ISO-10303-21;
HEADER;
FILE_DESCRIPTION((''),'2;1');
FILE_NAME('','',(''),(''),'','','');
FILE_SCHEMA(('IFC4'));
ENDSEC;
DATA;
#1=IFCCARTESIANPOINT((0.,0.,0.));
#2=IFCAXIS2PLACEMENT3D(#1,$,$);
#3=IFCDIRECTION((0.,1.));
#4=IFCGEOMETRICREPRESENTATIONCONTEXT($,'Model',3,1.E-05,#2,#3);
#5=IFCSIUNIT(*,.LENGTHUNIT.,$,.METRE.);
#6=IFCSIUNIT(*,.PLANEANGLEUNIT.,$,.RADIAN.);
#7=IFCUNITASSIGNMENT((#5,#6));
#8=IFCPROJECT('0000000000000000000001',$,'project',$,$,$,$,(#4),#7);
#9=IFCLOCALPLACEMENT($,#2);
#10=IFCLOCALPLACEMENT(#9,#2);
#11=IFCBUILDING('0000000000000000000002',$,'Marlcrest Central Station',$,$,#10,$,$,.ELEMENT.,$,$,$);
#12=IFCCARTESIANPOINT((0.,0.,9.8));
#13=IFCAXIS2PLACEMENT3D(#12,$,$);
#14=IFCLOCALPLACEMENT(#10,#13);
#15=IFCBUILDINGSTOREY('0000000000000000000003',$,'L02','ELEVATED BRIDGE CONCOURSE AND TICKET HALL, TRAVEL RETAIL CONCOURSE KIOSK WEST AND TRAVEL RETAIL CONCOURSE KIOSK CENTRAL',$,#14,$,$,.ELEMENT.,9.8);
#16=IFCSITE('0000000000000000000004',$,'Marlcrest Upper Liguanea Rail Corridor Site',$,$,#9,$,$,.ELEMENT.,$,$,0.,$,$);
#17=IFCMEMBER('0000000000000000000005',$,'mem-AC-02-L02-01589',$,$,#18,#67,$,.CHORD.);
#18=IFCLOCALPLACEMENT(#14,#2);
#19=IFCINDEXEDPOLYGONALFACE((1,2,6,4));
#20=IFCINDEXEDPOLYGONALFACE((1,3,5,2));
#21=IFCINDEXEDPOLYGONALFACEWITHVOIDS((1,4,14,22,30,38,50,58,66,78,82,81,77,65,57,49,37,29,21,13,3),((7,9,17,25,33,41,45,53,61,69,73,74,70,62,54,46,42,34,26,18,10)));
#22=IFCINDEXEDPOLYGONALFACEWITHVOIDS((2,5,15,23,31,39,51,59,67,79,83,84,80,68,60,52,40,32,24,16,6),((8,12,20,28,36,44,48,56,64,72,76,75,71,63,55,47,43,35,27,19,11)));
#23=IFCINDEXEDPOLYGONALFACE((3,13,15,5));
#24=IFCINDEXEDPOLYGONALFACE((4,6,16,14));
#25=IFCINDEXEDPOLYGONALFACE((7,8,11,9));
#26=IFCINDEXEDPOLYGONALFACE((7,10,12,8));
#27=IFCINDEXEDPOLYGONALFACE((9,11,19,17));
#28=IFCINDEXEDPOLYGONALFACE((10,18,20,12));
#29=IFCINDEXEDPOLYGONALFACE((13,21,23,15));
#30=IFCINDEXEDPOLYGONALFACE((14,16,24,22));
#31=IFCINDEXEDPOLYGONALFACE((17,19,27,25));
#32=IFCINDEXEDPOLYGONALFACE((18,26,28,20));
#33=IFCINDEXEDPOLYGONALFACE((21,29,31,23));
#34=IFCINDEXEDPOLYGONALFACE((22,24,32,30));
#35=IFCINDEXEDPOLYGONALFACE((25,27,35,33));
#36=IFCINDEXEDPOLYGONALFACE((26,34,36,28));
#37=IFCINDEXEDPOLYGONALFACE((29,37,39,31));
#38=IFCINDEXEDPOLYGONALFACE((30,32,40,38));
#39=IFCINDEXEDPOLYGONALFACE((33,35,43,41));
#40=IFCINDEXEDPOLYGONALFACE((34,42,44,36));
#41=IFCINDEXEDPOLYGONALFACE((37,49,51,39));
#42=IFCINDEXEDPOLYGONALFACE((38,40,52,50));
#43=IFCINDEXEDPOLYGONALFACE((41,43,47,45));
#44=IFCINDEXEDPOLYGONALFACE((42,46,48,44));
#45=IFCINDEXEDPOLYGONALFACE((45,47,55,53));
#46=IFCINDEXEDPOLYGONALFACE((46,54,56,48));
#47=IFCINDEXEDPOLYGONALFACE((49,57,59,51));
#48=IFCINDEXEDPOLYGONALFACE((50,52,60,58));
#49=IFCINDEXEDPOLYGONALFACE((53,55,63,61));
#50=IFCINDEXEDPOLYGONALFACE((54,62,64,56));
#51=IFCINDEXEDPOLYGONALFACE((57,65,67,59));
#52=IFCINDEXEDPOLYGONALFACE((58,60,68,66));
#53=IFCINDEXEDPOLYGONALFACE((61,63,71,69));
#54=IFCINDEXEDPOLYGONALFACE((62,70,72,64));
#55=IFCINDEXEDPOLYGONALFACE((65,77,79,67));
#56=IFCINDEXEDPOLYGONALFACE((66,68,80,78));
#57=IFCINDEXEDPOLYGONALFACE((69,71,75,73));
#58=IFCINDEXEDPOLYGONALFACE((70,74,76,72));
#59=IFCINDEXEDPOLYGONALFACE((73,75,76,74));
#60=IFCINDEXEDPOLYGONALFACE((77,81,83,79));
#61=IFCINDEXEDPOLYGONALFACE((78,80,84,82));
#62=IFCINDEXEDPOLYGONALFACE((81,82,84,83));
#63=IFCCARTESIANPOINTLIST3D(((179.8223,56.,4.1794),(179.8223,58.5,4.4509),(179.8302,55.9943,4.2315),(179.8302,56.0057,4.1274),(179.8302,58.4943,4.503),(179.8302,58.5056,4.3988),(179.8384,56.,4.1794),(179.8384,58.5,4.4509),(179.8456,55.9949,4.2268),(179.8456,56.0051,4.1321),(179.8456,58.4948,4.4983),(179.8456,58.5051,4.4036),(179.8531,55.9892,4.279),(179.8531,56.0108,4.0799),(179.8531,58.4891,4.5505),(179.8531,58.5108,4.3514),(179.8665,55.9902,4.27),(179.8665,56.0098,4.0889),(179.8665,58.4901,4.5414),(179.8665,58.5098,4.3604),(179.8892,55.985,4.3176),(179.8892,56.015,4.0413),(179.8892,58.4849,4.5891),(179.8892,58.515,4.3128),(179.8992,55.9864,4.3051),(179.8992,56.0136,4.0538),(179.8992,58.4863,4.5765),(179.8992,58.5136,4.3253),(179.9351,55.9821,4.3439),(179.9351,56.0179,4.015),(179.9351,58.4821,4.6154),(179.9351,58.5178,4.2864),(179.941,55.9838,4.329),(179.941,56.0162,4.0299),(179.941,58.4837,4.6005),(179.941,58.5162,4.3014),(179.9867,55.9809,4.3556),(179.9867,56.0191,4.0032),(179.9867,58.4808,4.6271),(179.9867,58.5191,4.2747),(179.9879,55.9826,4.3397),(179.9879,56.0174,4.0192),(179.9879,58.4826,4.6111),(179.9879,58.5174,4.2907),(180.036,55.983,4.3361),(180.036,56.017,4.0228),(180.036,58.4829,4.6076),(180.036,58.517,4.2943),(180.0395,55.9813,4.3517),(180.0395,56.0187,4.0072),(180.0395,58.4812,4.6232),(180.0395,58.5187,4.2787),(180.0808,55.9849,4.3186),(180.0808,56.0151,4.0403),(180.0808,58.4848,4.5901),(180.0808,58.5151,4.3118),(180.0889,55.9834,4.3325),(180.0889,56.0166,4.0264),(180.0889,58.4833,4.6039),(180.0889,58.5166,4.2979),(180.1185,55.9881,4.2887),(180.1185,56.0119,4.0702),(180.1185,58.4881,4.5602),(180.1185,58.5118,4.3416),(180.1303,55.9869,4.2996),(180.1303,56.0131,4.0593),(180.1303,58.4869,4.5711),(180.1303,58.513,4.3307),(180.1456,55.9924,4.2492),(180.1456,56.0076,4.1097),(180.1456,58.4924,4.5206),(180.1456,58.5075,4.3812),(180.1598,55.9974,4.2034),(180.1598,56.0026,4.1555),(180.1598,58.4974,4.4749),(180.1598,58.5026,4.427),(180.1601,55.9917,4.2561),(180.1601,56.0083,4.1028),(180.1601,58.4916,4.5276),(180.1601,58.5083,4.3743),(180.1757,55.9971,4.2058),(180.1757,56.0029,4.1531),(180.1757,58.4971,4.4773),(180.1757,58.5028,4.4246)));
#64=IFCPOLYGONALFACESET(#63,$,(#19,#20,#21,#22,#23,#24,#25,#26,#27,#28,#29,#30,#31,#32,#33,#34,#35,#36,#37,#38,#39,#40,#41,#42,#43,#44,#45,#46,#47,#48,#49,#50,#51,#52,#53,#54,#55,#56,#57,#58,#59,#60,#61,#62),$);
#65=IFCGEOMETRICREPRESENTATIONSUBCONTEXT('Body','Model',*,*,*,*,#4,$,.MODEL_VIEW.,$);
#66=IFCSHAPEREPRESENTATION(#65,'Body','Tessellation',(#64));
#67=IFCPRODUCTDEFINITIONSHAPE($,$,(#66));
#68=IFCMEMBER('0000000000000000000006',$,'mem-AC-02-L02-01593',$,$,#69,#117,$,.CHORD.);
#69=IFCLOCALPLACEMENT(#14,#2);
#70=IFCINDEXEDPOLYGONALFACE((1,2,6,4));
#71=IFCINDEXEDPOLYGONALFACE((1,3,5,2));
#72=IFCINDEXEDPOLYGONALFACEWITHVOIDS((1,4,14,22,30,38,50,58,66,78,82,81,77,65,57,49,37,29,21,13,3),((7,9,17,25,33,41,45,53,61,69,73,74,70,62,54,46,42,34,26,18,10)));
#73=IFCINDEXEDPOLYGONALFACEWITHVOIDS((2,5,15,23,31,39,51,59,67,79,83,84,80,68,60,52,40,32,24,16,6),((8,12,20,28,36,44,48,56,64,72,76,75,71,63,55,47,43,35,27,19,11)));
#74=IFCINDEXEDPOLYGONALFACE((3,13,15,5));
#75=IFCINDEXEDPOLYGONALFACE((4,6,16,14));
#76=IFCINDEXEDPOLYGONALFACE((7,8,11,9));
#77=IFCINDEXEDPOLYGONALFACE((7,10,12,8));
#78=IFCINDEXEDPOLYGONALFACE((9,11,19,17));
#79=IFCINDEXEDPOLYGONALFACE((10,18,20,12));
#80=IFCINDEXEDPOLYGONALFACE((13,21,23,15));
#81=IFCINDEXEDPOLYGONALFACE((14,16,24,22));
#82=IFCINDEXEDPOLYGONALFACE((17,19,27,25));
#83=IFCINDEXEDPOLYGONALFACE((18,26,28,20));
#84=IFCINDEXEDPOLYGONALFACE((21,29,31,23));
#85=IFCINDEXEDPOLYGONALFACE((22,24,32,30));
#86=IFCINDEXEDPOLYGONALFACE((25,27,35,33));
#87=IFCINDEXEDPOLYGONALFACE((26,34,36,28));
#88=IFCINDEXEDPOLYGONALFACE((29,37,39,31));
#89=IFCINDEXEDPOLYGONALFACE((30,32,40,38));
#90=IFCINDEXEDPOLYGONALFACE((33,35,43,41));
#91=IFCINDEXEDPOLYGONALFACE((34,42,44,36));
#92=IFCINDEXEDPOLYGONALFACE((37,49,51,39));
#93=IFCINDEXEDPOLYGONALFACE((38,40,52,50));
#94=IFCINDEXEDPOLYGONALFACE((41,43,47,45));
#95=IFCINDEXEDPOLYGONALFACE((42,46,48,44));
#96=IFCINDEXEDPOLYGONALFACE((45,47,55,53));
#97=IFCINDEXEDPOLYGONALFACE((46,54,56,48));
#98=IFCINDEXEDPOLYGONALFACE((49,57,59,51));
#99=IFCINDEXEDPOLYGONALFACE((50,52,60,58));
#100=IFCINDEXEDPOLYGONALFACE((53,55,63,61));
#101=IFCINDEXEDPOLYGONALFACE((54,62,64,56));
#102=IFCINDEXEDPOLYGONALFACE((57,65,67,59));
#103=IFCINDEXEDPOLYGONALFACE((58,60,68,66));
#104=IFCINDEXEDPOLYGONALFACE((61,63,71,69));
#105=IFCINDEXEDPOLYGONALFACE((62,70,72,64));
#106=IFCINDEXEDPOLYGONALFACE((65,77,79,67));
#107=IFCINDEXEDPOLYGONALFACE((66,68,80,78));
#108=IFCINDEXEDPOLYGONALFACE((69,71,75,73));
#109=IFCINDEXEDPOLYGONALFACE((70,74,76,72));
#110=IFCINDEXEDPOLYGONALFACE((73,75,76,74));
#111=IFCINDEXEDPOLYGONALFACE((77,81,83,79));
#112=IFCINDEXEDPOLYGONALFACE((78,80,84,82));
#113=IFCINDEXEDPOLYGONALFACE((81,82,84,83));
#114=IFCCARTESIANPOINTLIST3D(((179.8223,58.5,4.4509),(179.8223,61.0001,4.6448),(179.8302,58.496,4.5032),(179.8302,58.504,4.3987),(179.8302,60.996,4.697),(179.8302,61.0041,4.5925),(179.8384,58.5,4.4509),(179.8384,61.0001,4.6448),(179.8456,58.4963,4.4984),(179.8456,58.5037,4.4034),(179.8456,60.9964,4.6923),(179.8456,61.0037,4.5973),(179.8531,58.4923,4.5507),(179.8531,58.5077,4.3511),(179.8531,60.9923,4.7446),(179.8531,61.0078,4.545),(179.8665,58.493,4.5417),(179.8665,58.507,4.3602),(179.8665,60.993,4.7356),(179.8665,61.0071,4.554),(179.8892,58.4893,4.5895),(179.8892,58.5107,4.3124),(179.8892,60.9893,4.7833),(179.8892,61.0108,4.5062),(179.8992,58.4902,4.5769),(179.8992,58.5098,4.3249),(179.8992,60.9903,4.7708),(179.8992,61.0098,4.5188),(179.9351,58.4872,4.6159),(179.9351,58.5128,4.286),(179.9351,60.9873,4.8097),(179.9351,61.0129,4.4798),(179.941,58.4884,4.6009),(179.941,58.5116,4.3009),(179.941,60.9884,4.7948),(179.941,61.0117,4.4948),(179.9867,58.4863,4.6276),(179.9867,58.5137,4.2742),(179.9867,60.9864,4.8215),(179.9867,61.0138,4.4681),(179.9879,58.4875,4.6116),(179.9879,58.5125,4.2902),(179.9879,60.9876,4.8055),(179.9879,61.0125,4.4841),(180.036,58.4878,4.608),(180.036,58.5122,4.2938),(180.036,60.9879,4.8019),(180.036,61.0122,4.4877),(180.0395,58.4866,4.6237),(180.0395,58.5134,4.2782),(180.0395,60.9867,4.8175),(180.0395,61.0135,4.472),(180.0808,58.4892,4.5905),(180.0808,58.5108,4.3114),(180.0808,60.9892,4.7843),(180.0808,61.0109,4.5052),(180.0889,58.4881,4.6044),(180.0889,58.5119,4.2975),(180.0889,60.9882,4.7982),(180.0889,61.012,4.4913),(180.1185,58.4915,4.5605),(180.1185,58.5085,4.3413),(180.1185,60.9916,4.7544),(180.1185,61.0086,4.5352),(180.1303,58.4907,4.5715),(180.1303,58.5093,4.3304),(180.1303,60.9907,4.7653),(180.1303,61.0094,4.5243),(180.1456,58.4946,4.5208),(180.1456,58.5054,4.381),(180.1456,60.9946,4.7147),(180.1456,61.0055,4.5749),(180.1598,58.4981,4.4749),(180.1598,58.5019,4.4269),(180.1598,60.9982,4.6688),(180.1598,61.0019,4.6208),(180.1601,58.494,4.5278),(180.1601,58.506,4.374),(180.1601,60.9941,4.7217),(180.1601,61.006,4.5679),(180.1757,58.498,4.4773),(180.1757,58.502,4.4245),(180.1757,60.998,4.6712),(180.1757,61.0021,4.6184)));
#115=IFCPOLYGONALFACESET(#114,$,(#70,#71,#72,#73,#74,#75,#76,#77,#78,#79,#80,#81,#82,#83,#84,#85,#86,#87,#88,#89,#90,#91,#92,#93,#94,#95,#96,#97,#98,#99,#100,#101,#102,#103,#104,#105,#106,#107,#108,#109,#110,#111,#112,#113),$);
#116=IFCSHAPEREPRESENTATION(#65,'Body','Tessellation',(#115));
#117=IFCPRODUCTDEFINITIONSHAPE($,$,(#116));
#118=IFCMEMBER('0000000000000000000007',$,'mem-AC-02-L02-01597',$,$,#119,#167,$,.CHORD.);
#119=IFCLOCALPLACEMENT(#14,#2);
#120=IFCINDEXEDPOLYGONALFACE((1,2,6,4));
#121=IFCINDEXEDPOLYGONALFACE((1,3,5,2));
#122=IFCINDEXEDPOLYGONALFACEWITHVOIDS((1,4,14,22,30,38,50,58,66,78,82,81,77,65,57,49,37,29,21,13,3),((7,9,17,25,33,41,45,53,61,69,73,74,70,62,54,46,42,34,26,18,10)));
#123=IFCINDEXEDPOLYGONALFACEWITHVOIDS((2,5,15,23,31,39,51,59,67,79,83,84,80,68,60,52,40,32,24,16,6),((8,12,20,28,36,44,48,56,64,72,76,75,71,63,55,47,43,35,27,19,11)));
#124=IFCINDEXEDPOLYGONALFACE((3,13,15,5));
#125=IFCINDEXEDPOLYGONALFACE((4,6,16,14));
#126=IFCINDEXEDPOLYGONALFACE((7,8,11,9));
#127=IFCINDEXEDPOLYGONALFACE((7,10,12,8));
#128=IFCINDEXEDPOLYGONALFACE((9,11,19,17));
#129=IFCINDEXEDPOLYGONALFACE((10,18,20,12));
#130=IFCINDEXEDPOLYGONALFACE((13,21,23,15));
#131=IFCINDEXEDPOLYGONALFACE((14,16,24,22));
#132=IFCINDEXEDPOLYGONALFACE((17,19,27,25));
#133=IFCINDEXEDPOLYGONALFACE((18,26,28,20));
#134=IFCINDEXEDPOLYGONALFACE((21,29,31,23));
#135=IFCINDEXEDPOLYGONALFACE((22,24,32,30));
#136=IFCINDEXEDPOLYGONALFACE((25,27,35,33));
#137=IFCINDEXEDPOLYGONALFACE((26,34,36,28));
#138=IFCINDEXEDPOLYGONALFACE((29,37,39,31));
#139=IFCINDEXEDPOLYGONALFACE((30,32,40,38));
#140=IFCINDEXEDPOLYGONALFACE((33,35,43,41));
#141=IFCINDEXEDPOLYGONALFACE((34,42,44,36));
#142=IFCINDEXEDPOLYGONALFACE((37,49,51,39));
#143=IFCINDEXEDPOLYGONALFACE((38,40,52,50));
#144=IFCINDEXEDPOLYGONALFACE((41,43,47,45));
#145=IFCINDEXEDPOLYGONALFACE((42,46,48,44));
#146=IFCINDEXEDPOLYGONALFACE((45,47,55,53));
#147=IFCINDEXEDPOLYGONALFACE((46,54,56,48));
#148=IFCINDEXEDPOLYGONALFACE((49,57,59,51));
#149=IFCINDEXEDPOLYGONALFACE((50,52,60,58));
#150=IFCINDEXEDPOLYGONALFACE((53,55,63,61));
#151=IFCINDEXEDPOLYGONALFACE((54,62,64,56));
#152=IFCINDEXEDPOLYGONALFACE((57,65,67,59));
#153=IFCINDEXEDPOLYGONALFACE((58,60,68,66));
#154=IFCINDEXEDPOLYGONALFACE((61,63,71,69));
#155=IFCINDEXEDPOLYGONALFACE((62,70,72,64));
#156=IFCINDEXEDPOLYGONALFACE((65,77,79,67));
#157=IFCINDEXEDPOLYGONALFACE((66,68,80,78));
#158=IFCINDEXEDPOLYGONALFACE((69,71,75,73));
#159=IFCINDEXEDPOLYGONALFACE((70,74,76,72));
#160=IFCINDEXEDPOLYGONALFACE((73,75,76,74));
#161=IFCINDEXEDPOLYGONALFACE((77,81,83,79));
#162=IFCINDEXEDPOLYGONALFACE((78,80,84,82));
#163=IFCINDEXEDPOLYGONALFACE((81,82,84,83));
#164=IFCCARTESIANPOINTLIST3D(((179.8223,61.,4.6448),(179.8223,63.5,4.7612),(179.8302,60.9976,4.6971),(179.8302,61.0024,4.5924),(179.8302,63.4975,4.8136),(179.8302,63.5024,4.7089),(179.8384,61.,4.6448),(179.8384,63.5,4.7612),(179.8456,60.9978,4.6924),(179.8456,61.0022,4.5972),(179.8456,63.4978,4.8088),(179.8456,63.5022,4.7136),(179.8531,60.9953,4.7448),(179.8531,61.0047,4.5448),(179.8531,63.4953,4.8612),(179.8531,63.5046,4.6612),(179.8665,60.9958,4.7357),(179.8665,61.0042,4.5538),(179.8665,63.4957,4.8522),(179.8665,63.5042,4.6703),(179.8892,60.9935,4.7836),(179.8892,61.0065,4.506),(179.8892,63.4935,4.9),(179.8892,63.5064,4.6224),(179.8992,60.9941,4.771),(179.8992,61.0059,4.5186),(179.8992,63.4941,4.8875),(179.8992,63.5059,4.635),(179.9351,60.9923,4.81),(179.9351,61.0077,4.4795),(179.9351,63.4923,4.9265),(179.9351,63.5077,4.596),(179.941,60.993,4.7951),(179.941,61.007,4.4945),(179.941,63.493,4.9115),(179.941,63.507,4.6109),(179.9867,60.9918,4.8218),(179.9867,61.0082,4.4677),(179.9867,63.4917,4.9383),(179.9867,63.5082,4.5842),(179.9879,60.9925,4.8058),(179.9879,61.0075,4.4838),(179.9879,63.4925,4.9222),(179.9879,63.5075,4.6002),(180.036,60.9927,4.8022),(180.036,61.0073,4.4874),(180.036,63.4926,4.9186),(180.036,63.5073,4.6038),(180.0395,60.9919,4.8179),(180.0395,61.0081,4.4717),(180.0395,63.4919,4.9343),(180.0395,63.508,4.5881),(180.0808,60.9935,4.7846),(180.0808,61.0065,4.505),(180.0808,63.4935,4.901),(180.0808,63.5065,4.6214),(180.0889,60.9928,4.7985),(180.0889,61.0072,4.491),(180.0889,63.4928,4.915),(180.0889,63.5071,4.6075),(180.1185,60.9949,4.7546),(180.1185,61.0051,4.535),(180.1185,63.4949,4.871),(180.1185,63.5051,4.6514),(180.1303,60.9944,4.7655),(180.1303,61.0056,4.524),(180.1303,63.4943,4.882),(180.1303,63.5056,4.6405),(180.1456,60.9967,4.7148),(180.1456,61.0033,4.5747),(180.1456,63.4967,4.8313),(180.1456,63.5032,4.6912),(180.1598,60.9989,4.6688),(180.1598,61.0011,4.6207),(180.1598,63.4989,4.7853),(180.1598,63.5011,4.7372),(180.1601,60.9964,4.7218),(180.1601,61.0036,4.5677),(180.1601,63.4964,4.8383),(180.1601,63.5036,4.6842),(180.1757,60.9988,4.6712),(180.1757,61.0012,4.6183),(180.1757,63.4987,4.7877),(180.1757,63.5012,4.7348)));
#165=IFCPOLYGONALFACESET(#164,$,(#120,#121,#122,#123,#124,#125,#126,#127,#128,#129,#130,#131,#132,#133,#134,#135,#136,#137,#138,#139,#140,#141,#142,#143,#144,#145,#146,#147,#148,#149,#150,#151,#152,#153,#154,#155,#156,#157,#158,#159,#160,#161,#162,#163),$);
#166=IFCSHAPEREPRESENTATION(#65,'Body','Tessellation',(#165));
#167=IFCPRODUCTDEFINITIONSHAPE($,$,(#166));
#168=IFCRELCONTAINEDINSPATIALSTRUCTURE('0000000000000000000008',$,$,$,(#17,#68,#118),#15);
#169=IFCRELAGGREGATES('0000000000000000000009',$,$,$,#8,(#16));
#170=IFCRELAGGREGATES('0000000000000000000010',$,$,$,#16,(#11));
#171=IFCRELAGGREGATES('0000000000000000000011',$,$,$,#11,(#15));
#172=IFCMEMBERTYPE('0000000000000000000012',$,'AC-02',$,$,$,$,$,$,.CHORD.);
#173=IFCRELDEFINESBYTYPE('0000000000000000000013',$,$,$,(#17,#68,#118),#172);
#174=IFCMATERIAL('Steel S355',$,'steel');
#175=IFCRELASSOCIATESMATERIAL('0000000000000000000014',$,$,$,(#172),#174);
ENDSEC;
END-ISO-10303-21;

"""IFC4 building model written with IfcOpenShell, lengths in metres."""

from ifc_helpers import new_model, si_unit, direction, frame, origin, origin_2d, place, context, subcontext, project, spatial, hollow_circle, extrude, material, material_profile, profile_set, type_object, element, save


model = new_model("IFC4")

# Units and contexts
model_context = context("Model", 3, precision=1e-05, world=origin(), true_north=direction((0.0, 1.0)))
body_context = subcontext(model_context, "Body", "Model", "MODEL_VIEW")
ifc_project = project(units=[si_unit("LENGTHUNIT", "METRE"), si_unit("PLANEANGLEUNIT", "RADIAN")], contexts=[model_context])

# Site, building, storey
site_placement = place(None, origin())
site = spatial("IfcSite", under=ifc_project, at=site_placement, Name="Marlcrest Upper Liguanea Rail Corridor Site", CompositionType="ELEMENT", RefElevation=0.0)
building_placement = place(site_placement, origin())
building = spatial("IfcBuilding", under=site, at=building_placement, Name="Marlcrest Central Station", CompositionType="ELEMENT")
storey_placement = place(building_placement, frame((0.0, 0.0, 9.8)))
storey = spatial("IfcBuildingStorey", under=building, at=storey_placement, Name="L02", Description="ELEVATED BRIDGE CONCOURSE AND TICKET HALL, TRAVEL RETAIL CONCOURSE KIOSK WEST AND TRAVEL RETAIL CONCOURSE KIOSK CENTRAL", CompositionType="ELEMENT", Elevation=9.8)

# Members
ifc_material = material(Name="Steel S355", Category="steel")
ifc_material_profile_1 = material_profile(ifc_material, hollow_circle(Radius=0.1777, WallThickness=0.0161, at=origin_2d()), Name="CHS 355.6x16")
ifc_profile_set_1 = profile_set([ifc_material_profile_1], Name="Steel S355")
member_type_1 = type_object("IfcMemberType", Name="AC-02", PredefinedType="CHORD", material=ifc_profile_set_1)
member_1_placement = place(storey_placement, frame((180.0, 56.0, 4.1794), z_axis=(0.0, 0.994155, 0.107959), x_axis=(-1.0, 0.0, 0.0)))
element("IfcMember", 1, at=member_1_placement, inside=storey, type_object=member_type_1, Name="mem-AC-02-L02-01589", PredefinedType="CHORD", context=body_context, shape_type="SweptSolid", body=[
    extrude(hollow_circle(Radius=0.1777, WallThickness=0.0161, at=origin_2d()), origin(), (0.0, 0.0, 1.0), 2.5146),
])
member_2_placement = place(storey_placement, frame((180.0, 58.5, 4.4509), z_axis=(0.0, 0.997007, 0.077307), x_axis=(-1.0, 0.0, 0.0)))
element("IfcMember", 2, at=member_2_placement, inside=storey, type_object=member_type_1, Name="mem-AC-02-L02-01593", PredefinedType="CHORD", context=body_context, shape_type="SweptSolid", body=[
    extrude(hollow_circle(Radius=0.1777, WallThickness=0.0161, at=origin_2d()), origin(), (0.0, 0.0, 1.0), 2.5076),
])
member_3_placement = place(storey_placement, frame((180.0, 61.0, 4.6448), z_axis=(0.0, 0.998917, 0.046532), x_axis=(-1.0, 0.0, 0.0)))
element("IfcMember", 3, at=member_3_placement, inside=storey, type_object=member_type_1, Name="mem-AC-02-L02-01597", PredefinedType="CHORD", context=body_context, shape_type="SweptSolid", body=[
    extrude(hollow_circle(Radius=0.1777, WallThickness=0.0161, at=origin_2d()), origin(), (0.0, 0.0, 1.0), 2.5027),
])

save(model, "model.ifc")
